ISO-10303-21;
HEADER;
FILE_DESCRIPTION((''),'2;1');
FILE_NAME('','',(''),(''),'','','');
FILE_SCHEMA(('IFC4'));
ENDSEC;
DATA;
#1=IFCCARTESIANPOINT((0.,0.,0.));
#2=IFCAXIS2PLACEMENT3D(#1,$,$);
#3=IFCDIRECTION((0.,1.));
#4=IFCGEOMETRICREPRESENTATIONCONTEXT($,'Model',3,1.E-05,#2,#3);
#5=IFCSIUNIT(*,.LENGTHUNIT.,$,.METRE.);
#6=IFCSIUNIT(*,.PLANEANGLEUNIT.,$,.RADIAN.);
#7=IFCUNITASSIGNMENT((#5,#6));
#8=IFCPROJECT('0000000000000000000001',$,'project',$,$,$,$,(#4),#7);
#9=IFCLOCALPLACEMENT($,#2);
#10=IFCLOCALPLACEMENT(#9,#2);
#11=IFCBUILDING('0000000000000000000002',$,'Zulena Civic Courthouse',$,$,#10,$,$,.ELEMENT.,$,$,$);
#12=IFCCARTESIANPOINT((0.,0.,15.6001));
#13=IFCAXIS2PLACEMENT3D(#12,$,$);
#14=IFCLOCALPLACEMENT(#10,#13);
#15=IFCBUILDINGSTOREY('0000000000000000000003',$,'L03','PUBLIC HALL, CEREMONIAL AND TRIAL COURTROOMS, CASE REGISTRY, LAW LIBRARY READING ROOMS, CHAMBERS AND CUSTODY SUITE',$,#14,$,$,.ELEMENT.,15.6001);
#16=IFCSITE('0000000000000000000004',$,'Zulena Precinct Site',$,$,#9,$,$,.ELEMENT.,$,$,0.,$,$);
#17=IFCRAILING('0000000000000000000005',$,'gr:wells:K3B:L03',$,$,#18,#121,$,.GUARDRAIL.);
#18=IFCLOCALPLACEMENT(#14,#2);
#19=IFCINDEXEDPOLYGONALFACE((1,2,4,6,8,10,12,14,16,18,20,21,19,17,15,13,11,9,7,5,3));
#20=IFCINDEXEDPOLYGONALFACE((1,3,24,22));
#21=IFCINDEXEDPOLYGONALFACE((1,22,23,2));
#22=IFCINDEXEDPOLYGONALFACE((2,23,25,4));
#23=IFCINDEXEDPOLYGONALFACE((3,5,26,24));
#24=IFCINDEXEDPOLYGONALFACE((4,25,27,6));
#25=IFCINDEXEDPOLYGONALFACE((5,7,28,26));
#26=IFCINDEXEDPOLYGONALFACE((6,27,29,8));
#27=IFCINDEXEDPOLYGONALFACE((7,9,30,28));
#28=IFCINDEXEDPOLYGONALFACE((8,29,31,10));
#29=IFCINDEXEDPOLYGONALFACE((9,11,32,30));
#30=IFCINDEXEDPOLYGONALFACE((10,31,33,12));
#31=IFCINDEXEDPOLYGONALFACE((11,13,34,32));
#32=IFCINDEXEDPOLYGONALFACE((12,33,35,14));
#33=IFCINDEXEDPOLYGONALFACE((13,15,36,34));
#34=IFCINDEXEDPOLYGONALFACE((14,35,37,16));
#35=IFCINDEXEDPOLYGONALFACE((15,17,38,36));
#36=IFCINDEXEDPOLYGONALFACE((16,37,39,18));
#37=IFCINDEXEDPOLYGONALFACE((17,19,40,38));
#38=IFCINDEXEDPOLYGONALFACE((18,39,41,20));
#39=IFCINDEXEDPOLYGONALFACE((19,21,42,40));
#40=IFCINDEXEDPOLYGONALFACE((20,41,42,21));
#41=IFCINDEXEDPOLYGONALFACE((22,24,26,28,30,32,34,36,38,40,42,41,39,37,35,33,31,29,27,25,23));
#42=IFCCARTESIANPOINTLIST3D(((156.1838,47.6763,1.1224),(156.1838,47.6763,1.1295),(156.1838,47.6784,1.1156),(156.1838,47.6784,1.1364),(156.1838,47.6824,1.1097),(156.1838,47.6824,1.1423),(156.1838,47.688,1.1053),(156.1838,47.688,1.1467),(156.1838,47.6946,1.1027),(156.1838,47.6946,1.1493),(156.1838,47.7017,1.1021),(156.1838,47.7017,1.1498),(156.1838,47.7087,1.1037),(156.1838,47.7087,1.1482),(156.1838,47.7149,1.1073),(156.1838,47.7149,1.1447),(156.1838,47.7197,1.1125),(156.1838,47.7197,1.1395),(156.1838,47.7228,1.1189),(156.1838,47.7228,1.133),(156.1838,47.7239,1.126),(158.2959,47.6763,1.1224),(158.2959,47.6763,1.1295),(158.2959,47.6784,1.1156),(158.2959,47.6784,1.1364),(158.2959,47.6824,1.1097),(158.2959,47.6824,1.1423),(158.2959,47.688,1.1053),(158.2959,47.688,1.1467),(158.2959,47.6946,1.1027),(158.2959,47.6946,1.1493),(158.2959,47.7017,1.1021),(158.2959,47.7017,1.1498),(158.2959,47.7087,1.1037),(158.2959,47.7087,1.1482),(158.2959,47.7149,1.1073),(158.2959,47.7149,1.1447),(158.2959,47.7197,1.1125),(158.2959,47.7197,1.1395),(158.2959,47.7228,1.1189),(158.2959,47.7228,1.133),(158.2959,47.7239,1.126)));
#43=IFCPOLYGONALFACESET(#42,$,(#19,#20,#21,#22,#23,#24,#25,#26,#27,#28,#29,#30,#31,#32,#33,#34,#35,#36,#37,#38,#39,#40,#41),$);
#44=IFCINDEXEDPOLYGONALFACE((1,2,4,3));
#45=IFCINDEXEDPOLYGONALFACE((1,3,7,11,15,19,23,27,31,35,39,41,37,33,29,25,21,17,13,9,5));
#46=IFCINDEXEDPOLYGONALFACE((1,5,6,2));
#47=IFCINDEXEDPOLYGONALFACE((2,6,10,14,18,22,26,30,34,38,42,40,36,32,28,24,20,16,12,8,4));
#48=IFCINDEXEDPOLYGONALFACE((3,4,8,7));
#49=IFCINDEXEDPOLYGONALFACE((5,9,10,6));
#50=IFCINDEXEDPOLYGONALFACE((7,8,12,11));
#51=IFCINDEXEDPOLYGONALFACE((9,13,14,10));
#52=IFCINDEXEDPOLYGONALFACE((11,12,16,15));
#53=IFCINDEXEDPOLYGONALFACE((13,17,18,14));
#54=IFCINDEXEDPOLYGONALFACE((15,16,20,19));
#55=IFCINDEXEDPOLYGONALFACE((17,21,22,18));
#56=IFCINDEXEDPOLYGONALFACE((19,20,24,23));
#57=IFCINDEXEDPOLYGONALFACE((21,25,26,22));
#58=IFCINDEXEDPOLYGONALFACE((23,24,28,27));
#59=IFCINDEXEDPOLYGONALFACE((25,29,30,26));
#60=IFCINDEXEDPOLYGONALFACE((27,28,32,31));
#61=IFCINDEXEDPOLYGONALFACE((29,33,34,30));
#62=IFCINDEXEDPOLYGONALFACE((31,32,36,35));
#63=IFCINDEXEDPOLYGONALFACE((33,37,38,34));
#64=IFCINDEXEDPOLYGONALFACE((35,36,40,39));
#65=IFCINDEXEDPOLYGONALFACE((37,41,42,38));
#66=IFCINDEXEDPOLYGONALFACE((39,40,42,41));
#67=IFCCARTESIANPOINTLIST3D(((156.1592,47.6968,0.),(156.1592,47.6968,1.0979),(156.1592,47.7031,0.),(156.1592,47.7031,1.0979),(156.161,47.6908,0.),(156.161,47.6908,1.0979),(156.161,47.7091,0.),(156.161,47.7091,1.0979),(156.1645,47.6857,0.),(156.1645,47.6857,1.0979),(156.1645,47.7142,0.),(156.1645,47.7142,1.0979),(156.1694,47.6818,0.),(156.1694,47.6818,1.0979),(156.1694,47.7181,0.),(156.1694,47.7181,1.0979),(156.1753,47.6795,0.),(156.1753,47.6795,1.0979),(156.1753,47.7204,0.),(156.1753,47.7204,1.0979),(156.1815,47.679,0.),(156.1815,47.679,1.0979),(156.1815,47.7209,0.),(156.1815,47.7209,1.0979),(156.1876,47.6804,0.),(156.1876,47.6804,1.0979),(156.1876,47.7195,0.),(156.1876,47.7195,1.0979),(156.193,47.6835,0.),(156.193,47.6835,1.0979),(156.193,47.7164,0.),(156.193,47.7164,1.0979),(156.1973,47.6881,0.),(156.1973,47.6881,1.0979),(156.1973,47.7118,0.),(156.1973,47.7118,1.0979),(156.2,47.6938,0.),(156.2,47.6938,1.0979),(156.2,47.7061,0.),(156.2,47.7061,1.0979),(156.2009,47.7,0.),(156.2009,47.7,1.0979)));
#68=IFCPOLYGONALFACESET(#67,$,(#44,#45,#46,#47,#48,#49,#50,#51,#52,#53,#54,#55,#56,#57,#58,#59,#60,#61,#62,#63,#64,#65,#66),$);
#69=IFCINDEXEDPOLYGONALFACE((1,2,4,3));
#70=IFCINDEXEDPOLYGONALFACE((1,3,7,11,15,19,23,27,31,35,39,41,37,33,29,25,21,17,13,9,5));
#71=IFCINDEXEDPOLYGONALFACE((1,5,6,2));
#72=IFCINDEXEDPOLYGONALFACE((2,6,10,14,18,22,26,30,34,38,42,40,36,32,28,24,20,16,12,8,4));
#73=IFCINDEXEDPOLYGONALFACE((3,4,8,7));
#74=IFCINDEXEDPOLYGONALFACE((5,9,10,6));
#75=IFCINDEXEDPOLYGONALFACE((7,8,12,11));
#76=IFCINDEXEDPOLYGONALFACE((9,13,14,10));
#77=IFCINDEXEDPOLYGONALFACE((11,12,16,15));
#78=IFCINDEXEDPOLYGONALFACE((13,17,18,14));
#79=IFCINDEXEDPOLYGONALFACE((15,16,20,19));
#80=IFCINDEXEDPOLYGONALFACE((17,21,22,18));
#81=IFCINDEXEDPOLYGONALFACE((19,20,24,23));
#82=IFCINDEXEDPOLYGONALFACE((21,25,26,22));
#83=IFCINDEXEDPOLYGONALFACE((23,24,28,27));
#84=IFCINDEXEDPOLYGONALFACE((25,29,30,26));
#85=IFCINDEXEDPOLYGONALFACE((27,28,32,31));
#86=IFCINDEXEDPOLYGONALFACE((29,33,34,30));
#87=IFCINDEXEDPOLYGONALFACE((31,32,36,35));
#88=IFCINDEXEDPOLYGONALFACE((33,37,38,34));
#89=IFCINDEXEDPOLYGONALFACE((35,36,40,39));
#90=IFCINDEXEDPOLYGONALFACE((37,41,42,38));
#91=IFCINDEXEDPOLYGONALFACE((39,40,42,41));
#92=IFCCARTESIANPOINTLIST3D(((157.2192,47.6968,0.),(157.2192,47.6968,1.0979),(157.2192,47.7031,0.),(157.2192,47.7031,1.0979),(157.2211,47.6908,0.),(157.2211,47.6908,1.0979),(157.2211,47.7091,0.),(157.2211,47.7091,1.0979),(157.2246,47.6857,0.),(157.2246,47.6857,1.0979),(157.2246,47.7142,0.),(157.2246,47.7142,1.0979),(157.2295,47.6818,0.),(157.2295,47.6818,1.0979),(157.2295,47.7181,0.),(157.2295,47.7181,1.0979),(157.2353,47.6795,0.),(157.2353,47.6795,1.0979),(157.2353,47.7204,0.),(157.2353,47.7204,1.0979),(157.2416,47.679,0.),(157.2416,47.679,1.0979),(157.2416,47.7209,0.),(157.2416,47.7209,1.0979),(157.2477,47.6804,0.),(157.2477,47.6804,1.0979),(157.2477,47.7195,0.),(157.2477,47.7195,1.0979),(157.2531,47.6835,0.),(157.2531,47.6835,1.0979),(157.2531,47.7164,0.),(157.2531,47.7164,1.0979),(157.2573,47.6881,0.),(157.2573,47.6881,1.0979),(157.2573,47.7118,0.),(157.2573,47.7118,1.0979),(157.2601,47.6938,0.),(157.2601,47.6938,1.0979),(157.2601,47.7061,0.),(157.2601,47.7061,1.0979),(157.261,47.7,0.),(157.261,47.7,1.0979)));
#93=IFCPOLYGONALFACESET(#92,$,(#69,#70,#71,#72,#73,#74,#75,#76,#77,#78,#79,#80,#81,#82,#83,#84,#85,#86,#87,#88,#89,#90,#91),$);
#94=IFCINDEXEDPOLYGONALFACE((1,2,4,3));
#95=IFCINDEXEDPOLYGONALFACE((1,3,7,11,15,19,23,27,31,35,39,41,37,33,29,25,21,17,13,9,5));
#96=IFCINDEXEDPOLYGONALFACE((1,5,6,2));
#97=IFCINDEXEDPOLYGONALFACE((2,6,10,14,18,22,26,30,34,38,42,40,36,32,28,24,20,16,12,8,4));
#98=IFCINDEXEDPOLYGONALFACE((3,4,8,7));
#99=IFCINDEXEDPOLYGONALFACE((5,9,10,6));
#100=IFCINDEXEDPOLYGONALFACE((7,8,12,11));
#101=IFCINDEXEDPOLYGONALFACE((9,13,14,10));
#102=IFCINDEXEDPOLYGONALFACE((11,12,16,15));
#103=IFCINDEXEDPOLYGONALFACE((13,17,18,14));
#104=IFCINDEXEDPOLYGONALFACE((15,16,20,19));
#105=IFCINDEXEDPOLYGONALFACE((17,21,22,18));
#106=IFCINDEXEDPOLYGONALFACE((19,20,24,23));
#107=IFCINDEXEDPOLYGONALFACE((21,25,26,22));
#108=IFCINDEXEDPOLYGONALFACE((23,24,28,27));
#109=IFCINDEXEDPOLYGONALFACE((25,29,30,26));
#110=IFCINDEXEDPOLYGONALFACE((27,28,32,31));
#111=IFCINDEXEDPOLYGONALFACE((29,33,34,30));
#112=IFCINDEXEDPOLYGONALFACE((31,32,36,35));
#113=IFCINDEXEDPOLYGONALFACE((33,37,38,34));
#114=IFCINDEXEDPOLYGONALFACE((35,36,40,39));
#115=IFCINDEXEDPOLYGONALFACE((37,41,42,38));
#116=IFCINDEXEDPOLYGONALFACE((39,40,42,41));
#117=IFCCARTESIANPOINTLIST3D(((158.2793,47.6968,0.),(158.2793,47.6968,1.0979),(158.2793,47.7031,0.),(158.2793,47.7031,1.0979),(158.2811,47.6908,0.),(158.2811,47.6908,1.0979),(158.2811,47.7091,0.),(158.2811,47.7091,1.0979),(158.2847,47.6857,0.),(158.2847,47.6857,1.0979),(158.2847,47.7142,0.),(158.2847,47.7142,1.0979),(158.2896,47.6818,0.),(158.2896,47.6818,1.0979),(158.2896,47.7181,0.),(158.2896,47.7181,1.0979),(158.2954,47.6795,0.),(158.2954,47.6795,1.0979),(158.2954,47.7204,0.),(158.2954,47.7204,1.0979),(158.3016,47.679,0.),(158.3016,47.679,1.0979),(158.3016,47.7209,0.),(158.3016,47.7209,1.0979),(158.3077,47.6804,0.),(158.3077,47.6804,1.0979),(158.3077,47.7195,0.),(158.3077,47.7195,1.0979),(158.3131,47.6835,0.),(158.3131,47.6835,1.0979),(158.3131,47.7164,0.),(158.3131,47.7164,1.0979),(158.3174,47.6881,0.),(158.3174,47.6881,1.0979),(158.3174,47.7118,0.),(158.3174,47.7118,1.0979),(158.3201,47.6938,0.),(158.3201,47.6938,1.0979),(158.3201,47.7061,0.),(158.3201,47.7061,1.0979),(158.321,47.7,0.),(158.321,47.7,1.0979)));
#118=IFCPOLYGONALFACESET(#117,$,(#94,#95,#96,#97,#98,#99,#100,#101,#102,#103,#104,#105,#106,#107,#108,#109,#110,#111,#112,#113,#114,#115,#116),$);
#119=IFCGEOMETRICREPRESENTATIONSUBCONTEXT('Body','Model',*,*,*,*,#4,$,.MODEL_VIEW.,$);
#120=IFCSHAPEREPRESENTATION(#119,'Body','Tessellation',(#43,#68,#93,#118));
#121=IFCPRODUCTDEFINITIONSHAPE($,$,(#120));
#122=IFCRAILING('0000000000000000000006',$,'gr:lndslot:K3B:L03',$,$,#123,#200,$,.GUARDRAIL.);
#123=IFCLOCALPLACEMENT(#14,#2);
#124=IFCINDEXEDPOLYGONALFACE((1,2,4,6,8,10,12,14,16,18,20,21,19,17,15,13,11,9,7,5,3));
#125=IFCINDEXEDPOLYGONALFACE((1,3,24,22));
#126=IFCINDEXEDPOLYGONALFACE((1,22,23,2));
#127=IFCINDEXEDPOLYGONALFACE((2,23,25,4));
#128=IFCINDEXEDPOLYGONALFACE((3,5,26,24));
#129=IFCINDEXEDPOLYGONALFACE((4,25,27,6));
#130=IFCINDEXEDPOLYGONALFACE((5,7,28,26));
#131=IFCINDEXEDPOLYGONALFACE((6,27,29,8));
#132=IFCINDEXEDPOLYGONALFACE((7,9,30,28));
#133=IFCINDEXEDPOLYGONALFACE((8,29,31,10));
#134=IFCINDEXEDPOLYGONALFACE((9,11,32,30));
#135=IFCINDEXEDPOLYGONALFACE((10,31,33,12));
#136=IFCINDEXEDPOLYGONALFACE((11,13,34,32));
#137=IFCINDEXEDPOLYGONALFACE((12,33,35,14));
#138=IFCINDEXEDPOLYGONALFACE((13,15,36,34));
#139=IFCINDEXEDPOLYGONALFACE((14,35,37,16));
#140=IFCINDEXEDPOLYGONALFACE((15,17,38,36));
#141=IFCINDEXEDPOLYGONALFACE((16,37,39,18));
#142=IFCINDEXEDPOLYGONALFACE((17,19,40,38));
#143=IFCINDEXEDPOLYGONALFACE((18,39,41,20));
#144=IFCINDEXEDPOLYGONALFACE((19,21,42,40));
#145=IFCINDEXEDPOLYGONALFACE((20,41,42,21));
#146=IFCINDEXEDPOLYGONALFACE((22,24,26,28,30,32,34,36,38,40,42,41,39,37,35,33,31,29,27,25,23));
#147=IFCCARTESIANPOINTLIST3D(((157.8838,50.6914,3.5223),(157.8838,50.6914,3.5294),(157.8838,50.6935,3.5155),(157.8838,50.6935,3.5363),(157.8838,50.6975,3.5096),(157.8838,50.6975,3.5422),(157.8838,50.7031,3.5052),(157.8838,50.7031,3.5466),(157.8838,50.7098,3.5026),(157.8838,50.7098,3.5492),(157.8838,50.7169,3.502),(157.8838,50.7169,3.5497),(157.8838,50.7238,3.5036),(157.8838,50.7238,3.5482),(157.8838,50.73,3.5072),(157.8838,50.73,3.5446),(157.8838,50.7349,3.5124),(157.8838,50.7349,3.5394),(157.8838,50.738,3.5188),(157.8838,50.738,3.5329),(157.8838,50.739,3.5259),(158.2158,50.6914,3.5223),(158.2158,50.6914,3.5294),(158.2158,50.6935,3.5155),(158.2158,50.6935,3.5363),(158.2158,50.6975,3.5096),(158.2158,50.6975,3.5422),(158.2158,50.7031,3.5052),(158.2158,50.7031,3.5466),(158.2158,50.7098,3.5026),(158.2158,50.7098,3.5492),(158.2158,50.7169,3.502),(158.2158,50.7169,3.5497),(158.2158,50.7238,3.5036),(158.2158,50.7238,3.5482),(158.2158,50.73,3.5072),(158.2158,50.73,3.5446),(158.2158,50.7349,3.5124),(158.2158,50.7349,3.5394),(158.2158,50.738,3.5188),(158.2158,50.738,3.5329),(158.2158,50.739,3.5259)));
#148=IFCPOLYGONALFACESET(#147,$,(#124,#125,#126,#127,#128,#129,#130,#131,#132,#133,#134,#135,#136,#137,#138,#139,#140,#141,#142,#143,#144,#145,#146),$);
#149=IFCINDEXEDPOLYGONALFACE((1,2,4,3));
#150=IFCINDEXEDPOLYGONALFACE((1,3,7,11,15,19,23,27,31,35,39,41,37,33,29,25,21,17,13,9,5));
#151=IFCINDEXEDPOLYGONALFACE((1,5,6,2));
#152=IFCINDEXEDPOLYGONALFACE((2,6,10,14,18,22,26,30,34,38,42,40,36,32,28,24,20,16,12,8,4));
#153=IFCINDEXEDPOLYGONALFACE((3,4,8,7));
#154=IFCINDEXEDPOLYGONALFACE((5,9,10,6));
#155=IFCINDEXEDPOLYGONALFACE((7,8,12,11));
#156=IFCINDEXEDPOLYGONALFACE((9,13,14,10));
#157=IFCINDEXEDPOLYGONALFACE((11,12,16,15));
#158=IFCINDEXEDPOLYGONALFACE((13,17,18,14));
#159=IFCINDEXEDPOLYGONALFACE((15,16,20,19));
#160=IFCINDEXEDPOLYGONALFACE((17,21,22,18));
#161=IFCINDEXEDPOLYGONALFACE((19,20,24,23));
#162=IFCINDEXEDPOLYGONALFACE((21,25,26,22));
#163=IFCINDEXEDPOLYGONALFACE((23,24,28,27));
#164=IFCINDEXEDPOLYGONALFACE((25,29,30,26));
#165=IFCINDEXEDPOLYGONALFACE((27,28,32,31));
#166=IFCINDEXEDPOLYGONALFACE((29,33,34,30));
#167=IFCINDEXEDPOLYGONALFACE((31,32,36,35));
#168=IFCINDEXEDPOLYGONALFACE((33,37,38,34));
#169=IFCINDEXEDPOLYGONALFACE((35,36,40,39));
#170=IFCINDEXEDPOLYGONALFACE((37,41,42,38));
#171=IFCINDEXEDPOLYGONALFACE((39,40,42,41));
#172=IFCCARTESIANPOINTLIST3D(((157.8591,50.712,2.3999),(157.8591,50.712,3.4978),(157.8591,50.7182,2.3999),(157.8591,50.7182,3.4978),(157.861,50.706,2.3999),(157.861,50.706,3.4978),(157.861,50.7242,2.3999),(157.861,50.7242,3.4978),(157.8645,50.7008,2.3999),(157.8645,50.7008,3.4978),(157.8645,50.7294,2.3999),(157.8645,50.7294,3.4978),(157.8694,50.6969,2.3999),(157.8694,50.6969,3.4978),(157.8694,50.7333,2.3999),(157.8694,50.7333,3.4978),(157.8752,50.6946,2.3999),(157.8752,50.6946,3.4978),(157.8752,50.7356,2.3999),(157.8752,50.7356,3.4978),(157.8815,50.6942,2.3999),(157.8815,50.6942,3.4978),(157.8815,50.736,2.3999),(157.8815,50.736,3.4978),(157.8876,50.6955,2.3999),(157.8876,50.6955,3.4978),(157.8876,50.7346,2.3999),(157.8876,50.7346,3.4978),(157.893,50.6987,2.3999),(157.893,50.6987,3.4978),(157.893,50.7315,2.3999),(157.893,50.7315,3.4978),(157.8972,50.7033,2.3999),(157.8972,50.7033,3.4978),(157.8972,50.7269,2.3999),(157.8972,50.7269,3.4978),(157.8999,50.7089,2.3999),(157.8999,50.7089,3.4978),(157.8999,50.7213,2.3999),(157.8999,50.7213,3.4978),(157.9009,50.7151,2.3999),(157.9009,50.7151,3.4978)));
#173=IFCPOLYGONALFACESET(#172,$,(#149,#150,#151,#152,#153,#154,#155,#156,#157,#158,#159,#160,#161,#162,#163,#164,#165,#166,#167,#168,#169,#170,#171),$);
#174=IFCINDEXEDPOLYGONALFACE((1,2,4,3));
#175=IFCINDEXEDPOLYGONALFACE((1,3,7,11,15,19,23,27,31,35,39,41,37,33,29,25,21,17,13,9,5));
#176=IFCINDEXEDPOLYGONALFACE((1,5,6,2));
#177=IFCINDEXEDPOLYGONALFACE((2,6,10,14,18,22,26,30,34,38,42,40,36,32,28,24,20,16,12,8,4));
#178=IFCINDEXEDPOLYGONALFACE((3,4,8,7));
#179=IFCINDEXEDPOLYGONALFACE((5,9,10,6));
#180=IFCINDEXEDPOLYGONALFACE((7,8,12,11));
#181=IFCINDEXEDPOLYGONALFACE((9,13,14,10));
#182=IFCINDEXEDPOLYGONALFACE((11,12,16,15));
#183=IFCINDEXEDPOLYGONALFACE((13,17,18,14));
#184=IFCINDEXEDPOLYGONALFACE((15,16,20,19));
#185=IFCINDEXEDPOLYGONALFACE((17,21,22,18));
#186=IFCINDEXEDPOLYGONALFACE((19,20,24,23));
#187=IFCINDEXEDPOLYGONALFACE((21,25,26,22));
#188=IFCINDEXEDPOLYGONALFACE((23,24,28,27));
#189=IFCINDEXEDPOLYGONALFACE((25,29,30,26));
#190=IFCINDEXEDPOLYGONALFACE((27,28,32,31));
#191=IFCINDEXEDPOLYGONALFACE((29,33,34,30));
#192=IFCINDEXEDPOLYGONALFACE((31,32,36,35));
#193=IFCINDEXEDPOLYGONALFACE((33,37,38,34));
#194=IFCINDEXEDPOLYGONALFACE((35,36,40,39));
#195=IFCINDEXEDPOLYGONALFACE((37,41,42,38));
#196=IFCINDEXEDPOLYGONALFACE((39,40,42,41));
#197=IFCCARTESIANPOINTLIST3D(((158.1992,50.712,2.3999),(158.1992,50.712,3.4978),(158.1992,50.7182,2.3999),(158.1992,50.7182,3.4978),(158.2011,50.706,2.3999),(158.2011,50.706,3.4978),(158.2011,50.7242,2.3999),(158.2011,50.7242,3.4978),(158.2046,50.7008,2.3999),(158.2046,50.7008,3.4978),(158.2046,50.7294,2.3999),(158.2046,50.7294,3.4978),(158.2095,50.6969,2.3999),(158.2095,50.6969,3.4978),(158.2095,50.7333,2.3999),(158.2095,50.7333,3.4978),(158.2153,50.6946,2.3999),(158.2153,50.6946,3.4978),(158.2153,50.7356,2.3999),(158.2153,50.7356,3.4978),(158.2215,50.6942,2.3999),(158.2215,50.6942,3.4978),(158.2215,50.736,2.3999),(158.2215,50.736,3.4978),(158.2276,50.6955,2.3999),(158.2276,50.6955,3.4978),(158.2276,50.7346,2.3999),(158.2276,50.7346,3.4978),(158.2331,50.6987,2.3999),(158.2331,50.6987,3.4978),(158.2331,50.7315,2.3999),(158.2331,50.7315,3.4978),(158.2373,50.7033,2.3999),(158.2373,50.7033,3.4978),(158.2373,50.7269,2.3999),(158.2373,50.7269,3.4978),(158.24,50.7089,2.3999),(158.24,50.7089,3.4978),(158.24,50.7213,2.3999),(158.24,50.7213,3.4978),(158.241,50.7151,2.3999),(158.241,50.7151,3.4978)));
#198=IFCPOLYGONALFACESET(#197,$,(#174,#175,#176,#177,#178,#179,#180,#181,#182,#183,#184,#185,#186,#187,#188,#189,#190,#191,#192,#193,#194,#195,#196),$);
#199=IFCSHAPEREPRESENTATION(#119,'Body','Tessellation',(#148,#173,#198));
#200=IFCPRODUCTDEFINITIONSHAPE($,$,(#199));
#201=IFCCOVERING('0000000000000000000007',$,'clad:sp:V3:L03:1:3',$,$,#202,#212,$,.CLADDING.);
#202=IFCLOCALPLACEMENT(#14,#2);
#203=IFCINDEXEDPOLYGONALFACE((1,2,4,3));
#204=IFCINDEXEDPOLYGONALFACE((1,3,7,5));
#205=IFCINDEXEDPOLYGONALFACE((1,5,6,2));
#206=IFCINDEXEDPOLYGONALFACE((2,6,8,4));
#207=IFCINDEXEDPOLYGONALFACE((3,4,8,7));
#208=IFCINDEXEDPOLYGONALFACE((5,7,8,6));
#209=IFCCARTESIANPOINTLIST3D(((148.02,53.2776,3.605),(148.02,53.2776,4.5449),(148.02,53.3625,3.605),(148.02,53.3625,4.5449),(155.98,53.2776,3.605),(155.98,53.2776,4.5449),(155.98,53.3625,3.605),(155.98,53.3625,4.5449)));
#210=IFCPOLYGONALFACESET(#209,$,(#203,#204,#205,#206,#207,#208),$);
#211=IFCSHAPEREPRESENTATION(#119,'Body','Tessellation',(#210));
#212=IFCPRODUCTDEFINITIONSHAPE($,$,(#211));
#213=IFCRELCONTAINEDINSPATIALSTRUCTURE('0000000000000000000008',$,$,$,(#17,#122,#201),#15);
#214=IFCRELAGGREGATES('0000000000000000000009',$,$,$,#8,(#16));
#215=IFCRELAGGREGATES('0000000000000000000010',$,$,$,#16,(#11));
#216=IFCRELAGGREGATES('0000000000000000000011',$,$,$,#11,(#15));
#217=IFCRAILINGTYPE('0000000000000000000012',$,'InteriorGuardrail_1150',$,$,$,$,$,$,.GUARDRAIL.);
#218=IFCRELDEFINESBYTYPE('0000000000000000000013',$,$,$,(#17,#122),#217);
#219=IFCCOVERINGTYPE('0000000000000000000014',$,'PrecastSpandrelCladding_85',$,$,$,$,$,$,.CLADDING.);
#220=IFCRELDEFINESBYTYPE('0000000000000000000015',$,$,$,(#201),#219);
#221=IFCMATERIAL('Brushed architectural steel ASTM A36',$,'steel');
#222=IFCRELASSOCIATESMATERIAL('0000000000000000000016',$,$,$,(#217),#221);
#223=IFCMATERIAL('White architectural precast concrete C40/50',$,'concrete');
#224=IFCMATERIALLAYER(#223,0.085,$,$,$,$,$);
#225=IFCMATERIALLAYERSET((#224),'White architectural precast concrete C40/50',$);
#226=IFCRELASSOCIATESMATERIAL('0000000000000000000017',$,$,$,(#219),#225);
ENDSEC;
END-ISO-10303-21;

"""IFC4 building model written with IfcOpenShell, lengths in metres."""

from ifc_helpers import new_model, si_unit, direction, frame, origin, origin_2d, place, context, subcontext, project, spatial, rectangle, circle, extrude, material, layer, layer_set, type_object, element, save


model = new_model("IFC4")

# Units and contexts
model_context = context("Model", 3, precision=1e-05, world=origin(), true_north=direction((0.0, 1.0)))
body_context = subcontext(model_context, "Body", "Model", "MODEL_VIEW")
ifc_project = project(units=[si_unit("LENGTHUNIT", "METRE"), si_unit("PLANEANGLEUNIT", "RADIAN")], contexts=[model_context])

# Site, building, storey
site_placement = place(None, origin())
site = spatial("IfcSite", under=ifc_project, at=site_placement, Name="Zulena Precinct Site", CompositionType="ELEMENT", RefElevation=0.0)
building_placement = place(site_placement, origin())
building = spatial("IfcBuilding", under=site, at=building_placement, Name="Zulena Civic Courthouse", CompositionType="ELEMENT")
storey_placement = place(building_placement, frame((0.0, 0.0, 15.6001)))
storey = spatial("IfcBuildingStorey", under=building, at=storey_placement, Name="L03", Description="PUBLIC HALL, CEREMONIAL AND TRIAL COURTROOMS, CASE REGISTRY, LAW LIBRARY READING ROOMS, CHAMBERS AND CUSTODY SUITE", CompositionType="ELEMENT", Elevation=15.6001)

# Railings
ifc_material_1 = material(Name="Brushed architectural steel ASTM A36", Category="steel")
railing_type_1 = type_object("IfcRailingType", Name="InteriorGuardrail_1150", PredefinedType="GUARDRAIL", material=ifc_material_1)
railing_1_placement = place(storey_placement, frame((156.1799, 47.7, 0.0)))
element("IfcRailing", 1, at=railing_1_placement, inside=storey, type_object=railing_type_1, Name="gr:wells:K3B:L03", PredefinedType="GUARDRAIL", context=body_context, shape_type="SweptSolid", body=[
    extrude(circle(Radius=0.0239, at=origin_2d()), frame((0.0039, 0.0, 1.126), z_axis=(1.0, 0.0, 0.0), x_axis=(0.0, 1.0, 0.0)), (0.0, 0.0, 1.0), 2.1121),
    extrude(circle(Radius=0.021, at=origin_2d()), origin(), (0.0, 0.0, 1.0), 1.0979),
    extrude(circle(Radius=0.021, at=origin_2d()), frame((1.0601, 0.0, 0.0)), (0.0, 0.0, 1.0), 1.0979),
    extrude(circle(Radius=0.021, at=origin_2d()), frame((2.1201, 0.0, 0.0)), (0.0, 0.0, 1.0), 1.0979),
])
railing_2_placement = place(storey_placement, frame((157.8799, 50.7151, 2.3999)))
element("IfcRailing", 2, at=railing_2_placement, inside=storey, type_object=railing_type_1, Name="gr:lndslot:K3B:L03", PredefinedType="GUARDRAIL", context=body_context, shape_type="SweptSolid", body=[
    extrude(circle(Radius=0.0239, at=origin_2d()), frame((0.0039, 0.0, 1.126), z_axis=(1.0, 0.0, 0.0), x_axis=(0.0, 1.0, 0.0)), (0.0, 0.0, 1.0), 0.332),
    extrude(circle(Radius=0.021, at=origin_2d()), origin(), (0.0, 0.0, 1.0), 1.0979),
    extrude(circle(Radius=0.021, at=origin_2d()), frame((0.3401, 0.0, 0.0)), (0.0, 0.0, 1.0), 1.0979),
])

# Covering
ifc_material_2 = material(Name="White architectural precast concrete C40/50", Category="concrete")
ifc_layer_1 = layer(ifc_material_2, 0.085)
ifc_layer_set_1 = layer_set([ifc_layer_1], Name="White architectural precast concrete C40/50")
covering_type = type_object("IfcCoveringType", Name="PrecastSpandrelCladding_85", PredefinedType="CLADDING", material=ifc_layer_set_1)
covering_placement = place(storey_placement, frame((152.0, 53.3201, 3.605), z_axis=(0.0, 0.0, 1.0), x_axis=(1.0, 0.0, 0.0)))
element("IfcCovering", 3, at=covering_placement, inside=storey, type_object=covering_type, Name="clad:sp:V3:L03:1:3", PredefinedType="CLADDING", context=body_context, shape_type="SweptSolid", body=[
    extrude(rectangle(XDim=7.96, YDim=0.085, at=origin_2d()), origin(), (0.0, 0.0, 1.0), 0.9399),
])

save(model, "model.ifc")
